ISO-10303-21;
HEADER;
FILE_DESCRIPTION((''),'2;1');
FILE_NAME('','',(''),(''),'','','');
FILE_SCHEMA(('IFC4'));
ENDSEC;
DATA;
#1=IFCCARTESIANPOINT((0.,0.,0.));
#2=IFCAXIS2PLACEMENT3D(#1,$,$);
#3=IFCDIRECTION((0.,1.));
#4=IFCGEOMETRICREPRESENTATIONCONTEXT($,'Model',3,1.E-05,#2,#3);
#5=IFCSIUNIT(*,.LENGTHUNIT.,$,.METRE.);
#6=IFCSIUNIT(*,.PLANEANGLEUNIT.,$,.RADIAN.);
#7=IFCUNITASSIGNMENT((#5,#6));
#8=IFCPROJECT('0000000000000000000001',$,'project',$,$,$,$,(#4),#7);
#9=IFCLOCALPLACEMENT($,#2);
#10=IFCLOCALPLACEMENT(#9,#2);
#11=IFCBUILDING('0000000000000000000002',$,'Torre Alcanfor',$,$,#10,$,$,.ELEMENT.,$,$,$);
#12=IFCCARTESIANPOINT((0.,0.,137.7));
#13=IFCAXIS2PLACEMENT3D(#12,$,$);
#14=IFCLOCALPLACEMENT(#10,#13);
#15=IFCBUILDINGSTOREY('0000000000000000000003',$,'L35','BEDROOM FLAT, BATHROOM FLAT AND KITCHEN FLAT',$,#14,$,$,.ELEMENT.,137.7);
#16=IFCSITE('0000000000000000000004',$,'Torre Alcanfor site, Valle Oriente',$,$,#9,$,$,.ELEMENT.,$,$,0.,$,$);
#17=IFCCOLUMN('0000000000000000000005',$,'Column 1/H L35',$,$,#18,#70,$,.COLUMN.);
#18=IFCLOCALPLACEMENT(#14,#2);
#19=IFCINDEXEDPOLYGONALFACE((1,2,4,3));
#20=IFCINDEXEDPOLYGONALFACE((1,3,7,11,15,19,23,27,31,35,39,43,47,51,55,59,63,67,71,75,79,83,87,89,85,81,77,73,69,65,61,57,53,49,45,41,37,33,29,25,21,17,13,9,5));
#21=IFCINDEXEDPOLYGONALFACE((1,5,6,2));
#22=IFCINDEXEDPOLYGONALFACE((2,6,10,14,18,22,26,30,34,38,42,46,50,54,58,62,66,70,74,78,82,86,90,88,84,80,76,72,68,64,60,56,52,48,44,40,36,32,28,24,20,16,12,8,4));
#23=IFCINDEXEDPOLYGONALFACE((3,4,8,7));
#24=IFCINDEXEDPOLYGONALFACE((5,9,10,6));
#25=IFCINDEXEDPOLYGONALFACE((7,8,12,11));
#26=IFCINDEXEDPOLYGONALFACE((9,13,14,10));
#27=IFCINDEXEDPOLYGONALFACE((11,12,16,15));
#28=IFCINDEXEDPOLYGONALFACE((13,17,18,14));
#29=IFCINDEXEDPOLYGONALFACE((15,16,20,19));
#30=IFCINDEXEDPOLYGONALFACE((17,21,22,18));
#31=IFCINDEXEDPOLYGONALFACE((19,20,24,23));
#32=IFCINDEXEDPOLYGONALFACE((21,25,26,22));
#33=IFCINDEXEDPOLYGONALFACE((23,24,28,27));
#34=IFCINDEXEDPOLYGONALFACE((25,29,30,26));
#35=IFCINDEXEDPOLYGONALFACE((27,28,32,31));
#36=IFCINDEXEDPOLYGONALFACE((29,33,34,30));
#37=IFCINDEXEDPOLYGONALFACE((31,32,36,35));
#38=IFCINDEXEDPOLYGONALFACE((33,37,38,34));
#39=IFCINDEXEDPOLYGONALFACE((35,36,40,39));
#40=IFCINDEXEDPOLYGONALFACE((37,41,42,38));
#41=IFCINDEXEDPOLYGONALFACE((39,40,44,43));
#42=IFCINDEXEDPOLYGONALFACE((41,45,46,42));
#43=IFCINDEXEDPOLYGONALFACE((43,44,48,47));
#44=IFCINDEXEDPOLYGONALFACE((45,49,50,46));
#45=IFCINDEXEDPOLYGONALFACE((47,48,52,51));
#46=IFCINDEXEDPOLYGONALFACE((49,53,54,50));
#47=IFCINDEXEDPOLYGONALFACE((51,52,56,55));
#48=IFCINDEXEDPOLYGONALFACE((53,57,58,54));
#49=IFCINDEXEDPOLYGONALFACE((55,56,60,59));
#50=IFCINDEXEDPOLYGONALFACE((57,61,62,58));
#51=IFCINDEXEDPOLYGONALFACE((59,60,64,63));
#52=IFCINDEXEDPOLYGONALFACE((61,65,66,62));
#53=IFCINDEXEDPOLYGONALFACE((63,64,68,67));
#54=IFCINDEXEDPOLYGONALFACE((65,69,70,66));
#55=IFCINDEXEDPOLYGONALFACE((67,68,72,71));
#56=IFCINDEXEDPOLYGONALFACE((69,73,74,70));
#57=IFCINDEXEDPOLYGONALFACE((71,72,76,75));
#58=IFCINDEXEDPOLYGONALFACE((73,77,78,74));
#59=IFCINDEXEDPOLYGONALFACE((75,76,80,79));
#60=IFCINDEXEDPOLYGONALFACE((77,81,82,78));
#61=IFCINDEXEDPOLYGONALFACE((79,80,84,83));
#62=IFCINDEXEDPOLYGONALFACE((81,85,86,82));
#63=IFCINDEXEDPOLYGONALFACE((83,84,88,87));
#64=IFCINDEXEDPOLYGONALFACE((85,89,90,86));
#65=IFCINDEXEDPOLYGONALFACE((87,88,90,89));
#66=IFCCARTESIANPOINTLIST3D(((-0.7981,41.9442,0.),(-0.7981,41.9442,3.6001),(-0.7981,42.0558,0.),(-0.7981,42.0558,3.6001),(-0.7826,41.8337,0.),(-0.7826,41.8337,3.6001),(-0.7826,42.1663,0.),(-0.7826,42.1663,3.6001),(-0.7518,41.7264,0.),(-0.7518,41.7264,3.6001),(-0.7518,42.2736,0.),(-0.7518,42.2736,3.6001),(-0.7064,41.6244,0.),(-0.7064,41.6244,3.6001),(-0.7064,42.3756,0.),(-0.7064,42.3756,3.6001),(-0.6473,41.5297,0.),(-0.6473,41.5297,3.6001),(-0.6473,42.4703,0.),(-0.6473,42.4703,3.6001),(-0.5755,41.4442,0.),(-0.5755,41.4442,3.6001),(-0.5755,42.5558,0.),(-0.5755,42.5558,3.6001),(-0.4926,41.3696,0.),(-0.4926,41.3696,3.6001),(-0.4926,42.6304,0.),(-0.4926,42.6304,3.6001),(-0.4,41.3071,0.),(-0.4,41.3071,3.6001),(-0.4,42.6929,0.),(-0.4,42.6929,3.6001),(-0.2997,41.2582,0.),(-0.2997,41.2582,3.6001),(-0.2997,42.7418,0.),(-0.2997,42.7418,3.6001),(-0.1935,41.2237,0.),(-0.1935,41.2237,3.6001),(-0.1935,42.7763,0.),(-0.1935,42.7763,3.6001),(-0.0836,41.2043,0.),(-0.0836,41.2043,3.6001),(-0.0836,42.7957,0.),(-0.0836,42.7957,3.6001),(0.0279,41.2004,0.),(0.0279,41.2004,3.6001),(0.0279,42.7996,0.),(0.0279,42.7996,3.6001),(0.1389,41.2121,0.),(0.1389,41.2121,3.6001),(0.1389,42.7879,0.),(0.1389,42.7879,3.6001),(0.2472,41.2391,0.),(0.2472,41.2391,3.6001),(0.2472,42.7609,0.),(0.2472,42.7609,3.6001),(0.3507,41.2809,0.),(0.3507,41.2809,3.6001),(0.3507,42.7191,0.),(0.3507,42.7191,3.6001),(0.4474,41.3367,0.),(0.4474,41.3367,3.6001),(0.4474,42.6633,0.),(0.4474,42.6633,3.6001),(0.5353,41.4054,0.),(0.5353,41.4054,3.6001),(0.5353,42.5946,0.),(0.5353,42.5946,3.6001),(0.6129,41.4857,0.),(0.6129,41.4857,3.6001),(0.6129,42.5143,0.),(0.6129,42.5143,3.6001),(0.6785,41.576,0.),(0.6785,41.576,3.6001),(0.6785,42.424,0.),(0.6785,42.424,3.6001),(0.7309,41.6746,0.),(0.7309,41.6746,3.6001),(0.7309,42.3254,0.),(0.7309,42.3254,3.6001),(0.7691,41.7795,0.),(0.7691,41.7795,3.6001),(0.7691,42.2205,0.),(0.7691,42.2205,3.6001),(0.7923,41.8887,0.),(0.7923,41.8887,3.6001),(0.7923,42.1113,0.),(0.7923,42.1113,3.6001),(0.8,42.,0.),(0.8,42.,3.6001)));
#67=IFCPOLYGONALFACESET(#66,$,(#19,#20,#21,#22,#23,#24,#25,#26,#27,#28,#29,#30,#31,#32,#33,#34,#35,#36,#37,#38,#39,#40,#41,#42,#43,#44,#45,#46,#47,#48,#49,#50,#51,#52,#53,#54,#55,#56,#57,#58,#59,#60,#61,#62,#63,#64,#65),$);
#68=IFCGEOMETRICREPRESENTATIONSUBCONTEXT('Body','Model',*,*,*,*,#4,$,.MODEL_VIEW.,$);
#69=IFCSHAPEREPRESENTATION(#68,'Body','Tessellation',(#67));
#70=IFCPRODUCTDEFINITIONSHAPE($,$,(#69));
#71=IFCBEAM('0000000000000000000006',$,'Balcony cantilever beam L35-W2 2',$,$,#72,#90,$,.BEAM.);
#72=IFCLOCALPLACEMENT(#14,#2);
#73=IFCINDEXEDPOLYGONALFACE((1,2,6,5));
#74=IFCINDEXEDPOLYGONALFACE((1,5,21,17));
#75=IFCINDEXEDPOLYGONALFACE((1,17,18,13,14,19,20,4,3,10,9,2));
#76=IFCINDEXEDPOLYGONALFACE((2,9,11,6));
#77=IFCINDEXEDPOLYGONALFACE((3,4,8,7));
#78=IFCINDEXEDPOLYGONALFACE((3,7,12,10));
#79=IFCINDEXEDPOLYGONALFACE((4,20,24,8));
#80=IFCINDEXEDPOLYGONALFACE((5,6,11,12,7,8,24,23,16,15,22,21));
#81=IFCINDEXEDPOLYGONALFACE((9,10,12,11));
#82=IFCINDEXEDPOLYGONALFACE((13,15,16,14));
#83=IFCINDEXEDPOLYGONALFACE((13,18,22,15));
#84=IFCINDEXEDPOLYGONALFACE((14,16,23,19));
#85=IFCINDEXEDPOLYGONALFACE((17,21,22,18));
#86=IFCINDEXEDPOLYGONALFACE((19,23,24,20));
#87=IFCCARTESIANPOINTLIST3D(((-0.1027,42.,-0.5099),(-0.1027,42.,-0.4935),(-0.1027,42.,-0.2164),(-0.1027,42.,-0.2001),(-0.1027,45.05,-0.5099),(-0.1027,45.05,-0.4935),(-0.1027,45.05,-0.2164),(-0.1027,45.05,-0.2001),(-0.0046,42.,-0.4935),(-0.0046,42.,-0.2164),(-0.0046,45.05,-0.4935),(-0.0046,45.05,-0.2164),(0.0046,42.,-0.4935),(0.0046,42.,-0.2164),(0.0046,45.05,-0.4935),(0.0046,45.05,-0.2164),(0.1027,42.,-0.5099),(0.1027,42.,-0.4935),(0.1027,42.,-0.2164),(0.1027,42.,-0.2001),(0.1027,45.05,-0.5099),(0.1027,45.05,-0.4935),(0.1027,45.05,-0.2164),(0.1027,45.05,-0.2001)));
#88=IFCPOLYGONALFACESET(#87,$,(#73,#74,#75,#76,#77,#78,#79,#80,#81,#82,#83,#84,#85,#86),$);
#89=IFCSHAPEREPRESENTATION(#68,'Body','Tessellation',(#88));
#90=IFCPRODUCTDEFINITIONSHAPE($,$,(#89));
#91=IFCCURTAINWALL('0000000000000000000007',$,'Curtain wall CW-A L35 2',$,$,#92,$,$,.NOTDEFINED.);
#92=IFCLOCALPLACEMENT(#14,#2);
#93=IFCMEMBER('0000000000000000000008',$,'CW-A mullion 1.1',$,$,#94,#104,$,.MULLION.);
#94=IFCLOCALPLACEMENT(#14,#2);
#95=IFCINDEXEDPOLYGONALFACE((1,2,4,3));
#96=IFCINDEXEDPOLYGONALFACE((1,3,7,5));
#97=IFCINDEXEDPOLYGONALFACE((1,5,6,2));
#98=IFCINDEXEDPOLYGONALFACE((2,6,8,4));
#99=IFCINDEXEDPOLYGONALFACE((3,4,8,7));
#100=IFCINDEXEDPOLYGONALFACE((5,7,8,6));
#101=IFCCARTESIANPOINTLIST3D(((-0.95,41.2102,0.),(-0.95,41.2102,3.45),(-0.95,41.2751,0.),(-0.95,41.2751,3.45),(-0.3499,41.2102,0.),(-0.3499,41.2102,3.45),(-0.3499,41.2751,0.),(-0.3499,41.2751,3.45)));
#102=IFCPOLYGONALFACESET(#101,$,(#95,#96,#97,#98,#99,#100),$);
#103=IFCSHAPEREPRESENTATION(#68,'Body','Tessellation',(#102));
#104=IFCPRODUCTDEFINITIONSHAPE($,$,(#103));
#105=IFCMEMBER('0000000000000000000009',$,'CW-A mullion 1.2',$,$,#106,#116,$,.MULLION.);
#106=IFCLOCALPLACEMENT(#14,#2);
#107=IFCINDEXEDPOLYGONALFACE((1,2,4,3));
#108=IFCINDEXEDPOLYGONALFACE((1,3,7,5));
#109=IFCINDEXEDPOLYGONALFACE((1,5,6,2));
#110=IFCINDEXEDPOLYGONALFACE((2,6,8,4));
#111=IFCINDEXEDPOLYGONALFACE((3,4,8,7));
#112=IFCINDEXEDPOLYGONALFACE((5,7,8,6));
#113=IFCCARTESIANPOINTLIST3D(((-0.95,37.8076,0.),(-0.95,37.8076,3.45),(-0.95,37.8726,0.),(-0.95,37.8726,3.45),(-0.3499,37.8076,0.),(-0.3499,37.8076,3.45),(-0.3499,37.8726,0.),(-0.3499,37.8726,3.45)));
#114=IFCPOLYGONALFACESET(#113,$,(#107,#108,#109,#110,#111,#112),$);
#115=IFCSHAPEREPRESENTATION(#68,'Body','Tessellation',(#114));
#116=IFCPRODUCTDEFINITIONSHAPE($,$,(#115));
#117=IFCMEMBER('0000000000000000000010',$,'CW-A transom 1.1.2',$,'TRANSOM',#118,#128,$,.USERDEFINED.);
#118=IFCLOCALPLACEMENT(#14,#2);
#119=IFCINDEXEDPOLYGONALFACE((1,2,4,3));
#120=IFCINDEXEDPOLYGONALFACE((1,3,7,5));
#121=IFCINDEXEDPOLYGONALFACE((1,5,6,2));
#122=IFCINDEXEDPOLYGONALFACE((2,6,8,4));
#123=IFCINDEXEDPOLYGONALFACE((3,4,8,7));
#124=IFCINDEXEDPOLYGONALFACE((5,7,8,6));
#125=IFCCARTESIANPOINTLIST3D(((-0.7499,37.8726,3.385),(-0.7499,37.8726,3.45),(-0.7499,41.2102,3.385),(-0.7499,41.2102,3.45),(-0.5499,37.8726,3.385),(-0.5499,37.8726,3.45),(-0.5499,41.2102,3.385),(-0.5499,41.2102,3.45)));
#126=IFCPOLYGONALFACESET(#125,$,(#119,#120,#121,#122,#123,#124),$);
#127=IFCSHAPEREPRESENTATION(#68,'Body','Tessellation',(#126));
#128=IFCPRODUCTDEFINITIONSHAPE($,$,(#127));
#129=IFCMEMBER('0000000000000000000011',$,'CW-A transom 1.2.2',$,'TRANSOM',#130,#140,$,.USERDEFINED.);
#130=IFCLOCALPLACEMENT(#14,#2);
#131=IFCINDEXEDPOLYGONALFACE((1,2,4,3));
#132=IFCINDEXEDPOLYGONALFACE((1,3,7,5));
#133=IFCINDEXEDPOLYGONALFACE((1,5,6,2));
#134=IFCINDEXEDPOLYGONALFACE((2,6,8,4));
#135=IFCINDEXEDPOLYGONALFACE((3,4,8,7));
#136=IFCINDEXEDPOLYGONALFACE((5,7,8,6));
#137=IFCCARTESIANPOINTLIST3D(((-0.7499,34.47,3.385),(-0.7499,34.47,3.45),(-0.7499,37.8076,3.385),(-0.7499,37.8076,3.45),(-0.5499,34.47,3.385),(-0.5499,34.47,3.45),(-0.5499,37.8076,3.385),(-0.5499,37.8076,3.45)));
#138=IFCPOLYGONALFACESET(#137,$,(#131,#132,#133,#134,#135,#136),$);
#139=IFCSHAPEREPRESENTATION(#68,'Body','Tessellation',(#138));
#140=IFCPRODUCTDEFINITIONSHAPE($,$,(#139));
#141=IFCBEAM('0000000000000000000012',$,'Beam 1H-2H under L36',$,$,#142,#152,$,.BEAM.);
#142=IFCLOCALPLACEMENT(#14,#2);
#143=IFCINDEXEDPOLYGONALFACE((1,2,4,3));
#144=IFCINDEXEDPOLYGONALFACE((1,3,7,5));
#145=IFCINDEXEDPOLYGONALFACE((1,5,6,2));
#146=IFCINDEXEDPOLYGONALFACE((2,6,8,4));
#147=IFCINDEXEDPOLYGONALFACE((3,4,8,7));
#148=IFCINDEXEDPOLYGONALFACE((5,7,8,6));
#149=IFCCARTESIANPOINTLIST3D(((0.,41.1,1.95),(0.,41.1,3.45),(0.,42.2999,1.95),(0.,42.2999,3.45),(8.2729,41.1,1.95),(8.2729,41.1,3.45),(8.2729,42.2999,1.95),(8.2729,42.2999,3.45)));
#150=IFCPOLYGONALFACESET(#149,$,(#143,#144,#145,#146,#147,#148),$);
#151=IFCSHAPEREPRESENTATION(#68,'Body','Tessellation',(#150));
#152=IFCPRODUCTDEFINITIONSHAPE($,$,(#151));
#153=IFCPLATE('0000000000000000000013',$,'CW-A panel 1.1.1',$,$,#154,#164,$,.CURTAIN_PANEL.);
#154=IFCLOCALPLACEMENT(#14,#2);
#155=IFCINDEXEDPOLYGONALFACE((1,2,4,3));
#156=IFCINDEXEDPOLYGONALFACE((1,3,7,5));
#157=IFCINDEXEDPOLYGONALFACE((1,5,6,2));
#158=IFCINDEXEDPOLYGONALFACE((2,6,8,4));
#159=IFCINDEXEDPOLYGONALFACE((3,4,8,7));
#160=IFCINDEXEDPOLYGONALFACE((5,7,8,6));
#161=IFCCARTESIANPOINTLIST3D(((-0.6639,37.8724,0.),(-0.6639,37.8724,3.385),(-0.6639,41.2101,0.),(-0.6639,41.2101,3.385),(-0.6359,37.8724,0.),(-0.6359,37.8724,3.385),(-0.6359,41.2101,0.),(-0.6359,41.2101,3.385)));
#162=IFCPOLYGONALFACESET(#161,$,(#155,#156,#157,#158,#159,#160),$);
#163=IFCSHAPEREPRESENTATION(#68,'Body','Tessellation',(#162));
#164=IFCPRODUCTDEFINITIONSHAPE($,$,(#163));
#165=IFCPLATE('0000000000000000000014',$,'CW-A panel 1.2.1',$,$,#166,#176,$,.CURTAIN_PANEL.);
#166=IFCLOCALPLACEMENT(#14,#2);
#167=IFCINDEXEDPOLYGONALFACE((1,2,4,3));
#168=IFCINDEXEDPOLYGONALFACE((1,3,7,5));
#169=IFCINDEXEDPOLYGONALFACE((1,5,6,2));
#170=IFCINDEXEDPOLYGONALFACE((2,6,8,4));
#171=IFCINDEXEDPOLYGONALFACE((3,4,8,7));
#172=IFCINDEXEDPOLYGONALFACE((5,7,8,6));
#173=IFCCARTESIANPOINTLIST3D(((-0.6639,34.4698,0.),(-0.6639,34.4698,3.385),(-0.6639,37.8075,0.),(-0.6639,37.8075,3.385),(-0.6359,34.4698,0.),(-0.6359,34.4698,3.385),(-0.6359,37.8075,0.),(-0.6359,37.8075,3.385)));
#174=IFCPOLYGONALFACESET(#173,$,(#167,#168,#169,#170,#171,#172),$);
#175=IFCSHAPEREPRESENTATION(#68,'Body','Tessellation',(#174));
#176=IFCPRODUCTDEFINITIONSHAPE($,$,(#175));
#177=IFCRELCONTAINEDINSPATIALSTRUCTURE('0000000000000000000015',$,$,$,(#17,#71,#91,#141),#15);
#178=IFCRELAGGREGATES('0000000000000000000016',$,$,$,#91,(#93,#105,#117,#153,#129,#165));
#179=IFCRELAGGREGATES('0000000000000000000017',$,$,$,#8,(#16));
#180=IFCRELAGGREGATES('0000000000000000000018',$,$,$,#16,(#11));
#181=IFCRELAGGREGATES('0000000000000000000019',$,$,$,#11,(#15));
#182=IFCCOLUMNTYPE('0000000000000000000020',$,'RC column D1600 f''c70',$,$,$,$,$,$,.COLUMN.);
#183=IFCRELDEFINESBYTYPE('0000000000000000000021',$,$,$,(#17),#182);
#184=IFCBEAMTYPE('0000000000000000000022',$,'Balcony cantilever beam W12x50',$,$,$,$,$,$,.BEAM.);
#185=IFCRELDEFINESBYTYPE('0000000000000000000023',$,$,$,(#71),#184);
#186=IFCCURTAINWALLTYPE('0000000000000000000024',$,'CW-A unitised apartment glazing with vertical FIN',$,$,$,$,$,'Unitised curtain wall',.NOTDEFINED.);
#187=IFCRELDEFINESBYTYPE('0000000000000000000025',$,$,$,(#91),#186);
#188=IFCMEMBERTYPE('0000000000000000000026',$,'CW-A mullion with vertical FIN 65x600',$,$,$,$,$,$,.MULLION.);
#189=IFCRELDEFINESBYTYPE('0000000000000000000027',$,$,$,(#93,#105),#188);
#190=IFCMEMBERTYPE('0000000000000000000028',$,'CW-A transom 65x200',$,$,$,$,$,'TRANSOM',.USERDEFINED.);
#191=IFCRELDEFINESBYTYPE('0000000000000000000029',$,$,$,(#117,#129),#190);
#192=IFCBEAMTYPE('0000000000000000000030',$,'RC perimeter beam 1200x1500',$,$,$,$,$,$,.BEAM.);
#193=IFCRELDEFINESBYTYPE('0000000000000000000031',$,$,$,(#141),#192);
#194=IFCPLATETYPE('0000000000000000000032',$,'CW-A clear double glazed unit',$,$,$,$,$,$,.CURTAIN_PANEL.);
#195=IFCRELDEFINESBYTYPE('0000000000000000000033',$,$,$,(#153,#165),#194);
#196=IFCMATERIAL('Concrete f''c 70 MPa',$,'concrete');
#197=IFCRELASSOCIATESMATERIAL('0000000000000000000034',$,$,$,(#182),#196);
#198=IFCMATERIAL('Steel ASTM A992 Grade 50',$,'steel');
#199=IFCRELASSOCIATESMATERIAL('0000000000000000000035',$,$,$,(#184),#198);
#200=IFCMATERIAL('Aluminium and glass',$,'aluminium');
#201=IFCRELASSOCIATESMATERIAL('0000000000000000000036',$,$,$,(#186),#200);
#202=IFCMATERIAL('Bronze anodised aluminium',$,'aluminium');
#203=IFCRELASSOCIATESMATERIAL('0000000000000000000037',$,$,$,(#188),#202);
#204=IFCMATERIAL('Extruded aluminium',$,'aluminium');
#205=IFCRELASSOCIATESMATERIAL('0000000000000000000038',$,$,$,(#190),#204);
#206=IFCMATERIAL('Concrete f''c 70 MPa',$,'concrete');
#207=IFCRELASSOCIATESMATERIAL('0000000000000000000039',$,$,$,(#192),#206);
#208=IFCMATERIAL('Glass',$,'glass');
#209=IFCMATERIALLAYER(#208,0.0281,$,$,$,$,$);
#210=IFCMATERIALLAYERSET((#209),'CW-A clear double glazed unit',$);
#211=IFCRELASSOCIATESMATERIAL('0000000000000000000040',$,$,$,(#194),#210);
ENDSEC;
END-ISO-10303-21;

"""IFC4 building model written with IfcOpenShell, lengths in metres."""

from ifc_helpers import new_model, si_unit, direction, frame, origin, origin_2d, place, context, subcontext, project, spatial, rectangle, circle, i_section, extrude, material, layer, layer_set, material_profile, profile_set, type_object, element, aggregate, save


model = new_model("IFC4")

# Units and contexts
model_context = context("Model", 3, precision=1e-05, world=origin(), true_north=direction((0.0, 1.0)))
body_context = subcontext(model_context, "Body", "Model", "MODEL_VIEW")
ifc_project = project(units=[si_unit("LENGTHUNIT", "METRE"), si_unit("PLANEANGLEUNIT", "RADIAN")], contexts=[model_context])

# Site, building, storey
site_placement = place(None, origin())
site = spatial("IfcSite", under=ifc_project, at=site_placement, Name="Torre Alcanfor site, Valle Oriente", CompositionType="ELEMENT", RefElevation=0.0)
building_placement = place(site_placement, origin())
building = spatial("IfcBuilding", under=site, at=building_placement, Name="Torre Alcanfor", CompositionType="ELEMENT")
storey_placement = place(building_placement, frame((0.0, 0.0, 137.7)))
storey = spatial("IfcBuildingStorey", under=building, at=storey_placement, Name="L35", Description="BEDROOM FLAT, BATHROOM FLAT AND KITCHEN FLAT", CompositionType="ELEMENT", Elevation=137.7)

# Column
ifc_material_1 = material(Name="Concrete f'c 70 MPa", Category="concrete")
ifc_material_profile_1 = material_profile(ifc_material_1, circle(Radius=0.8, at=origin_2d()), Name="D1600")
ifc_profile_set_1 = profile_set([ifc_material_profile_1], Name="Concrete f'c 70 MPa")
column_type = type_object("IfcColumnType", Name="RC column D1600 f'c70", PredefinedType="COLUMN", material=ifc_profile_set_1)
column_placement = place(storey_placement, frame((0.0, 42.0, 0.0), z_axis=(0.0, 0.0, 1.0), x_axis=(1.0, 0.0, 0.0)))
element("IfcColumn", 1, at=column_placement, inside=storey, type_object=column_type, Name="Column 1/H L35", PredefinedType="COLUMN", context=body_context, shape_type="SweptSolid", body=[
    extrude(circle(Radius=0.8, at=origin_2d()), origin(), (0.0, 0.0, 1.0), 3.6001),
])

# Beam
ifc_material_2 = material(Name="Steel ASTM A992 Grade 50", Category="steel")
ifc_material_profile_2 = material_profile(ifc_material_2, i_section(OverallWidth=0.2053, OverallDepth=0.3098, WebThickness=0.0093, FlangeThickness=0.0164, at=origin_2d()), Name="W12x50")
ifc_profile_set_2 = profile_set([ifc_material_profile_2], Name="Steel ASTM A992 Grade 50")
beam_type_1 = type_object("IfcBeamType", Name="Balcony cantilever beam W12x50", PredefinedType="BEAM", material=ifc_profile_set_2)
beam_1_placement = place(storey_placement, frame((0.0, 42.0, -0.355), z_axis=(0.0, 1.0, 0.0), x_axis=(-1.0, 0.0, 0.0)))
element("IfcBeam", 2, at=beam_1_placement, inside=storey, type_object=beam_type_1, Name="Balcony cantilever beam L35-W2 2", PredefinedType="BEAM", context=body_context, shape_type="SweptSolid", body=[
    extrude(i_section(OverallWidth=0.2053, OverallDepth=0.3098, WebThickness=0.0093, FlangeThickness=0.0164, at=origin_2d()), origin(), (0.0, 0.0, 1.0), 3.05),
])

# Curtain wall, members
ifc_material_3 = material(Name="Aluminium and glass", Category="aluminium")
curtain_wall_type = type_object("IfcCurtainWallType", Name="CW-A unitised apartment glazing with vertical FIN", ElementType="Unitised curtain wall", PredefinedType="NOTDEFINED", material=ifc_material_3)
curtain_wall_placement = place(storey_placement, origin())
curtain_wall = element("IfcCurtainWall", 3, at=curtain_wall_placement, inside=storey, type_object=curtain_wall_type, Name="Curtain wall CW-A L35 2", PredefinedType="NOTDEFINED")
ifc_material_4 = material(Name="Bronze anodised aluminium", Category="aluminium")
ifc_material_profile_3 = material_profile(ifc_material_4, rectangle(XDim=0.6001, YDim=0.0649, at=origin_2d()), Name="CW-A mullion 65x600")
ifc_profile_set_3 = profile_set([ifc_material_profile_3], Name="Bronze anodised aluminium")
member_type_1 = type_object("IfcMemberType", Name="CW-A mullion with vertical FIN 65x600", PredefinedType="MULLION", material=ifc_profile_set_3)
member_1_placement = place(storey_placement, frame((-0.6499, 41.2427, 0.0), z_axis=(0.0, 0.0, 1.0), x_axis=(1.0, 0.0, 0.0)))
member_1 = element("IfcMember", 4, at=member_1_placement, type_object=member_type_1, Name="CW-A mullion 1.1", PredefinedType="MULLION", context=body_context, shape_type="SweptSolid", body=[
    extrude(rectangle(XDim=0.6001, YDim=0.0649, at=origin_2d()), origin(), (0.0, 0.0, 1.0), 3.45),
])
member_2_placement = place(storey_placement, frame((-0.6499, 37.8401, 0.0), z_axis=(0.0, 0.0, 1.0), x_axis=(1.0, 0.0, 0.0)))
member_2 = element("IfcMember", 5, at=member_2_placement, type_object=member_type_1, Name="CW-A mullion 1.2", PredefinedType="MULLION", context=body_context, shape_type="SweptSolid", body=[
    extrude(rectangle(XDim=0.6001, YDim=0.0649, at=origin_2d()), origin(), (0.0, 0.0, 1.0), 3.45),
])
ifc_material_5 = material(Name="Extruded aluminium", Category="aluminium")
ifc_material_profile_4 = material_profile(ifc_material_5, rectangle(XDim=0.2, YDim=0.0649, at=origin_2d()), Name="CW-A transom 200x65")
ifc_profile_set_4 = profile_set([ifc_material_profile_4], Name="Extruded aluminium")
member_type_2 = type_object("IfcMemberType", Name="CW-A transom 65x200", ElementType="TRANSOM", PredefinedType="USERDEFINED", material=ifc_profile_set_4)
member_3_placement = place(storey_placement, frame((-0.6499, 41.2102, 3.4175), z_axis=(0.0, -1.0, 0.0), x_axis=(1.0, 0.0, 0.0)))
member_3 = element("IfcMember", 6, at=member_3_placement, type_object=member_type_2, Name="CW-A transom 1.1.2", ObjectType="TRANSOM", PredefinedType="USERDEFINED", context=body_context, shape_type="SweptSolid", body=[
    extrude(rectangle(XDim=0.2, YDim=0.0649, at=origin_2d()), origin(), (0.0, 0.0, 1.0), 3.3376),
])
member_4_placement = place(storey_placement, frame((-0.6499, 37.8076, 3.4175), z_axis=(0.0, -1.0, 0.0), x_axis=(1.0, 0.0, 0.0)))
member_4 = element("IfcMember", 7, at=member_4_placement, type_object=member_type_2, Name="CW-A transom 1.2.2", ObjectType="TRANSOM", PredefinedType="USERDEFINED", context=body_context, shape_type="SweptSolid", body=[
    extrude(rectangle(XDim=0.2, YDim=0.0649, at=origin_2d()), origin(), (0.0, 0.0, 1.0), 3.3376),
])

# Beam
ifc_material_6 = material(Name="Concrete f'c 70 MPa", Category="concrete")
ifc_material_profile_5 = material_profile(ifc_material_6, rectangle(XDim=1.2, YDim=1.5, at=origin_2d()), Name="1200x1500")
ifc_profile_set_5 = profile_set([ifc_material_profile_5], Name="Concrete f'c 70 MPa")
beam_type_2 = type_object("IfcBeamType", Name="RC perimeter beam 1200x1500", PredefinedType="BEAM", material=ifc_profile_set_5)
beam_2_placement = place(storey_placement, frame((0.0, 41.7, 2.7), z_axis=(1.0, 0.0, 0.0), x_axis=(0.0, 1.0, 0.0)))
element("IfcBeam", 8, at=beam_2_placement, inside=storey, type_object=beam_type_2, Name="Beam 1H-2H under L36", PredefinedType="BEAM", context=body_context, shape_type="SweptSolid", body=[
    extrude(rectangle(XDim=1.2, YDim=1.5, at=origin_2d()), origin(), (0.0, 0.0, 1.0), 8.2729),
])

# Plates
ifc_material_7 = material(Name="Glass", Category="glass")
ifc_layer_1 = layer(ifc_material_7, 0.0281)
ifc_layer_set_1 = layer_set([ifc_layer_1], Name="CW-A clear double glazed unit")
plate_type = type_object("IfcPlateType", Name="CW-A clear double glazed unit", PredefinedType="CURTAIN_PANEL", material=ifc_layer_set_1)
plate_1_placement = place(storey_placement, frame((-0.6499, 39.5413, 0.0), z_axis=(0.0, 0.0, 1.0), x_axis=(0.0, -1.0, 0.0)))
plate_1 = element("IfcPlate", 9, at=plate_1_placement, type_object=plate_type, Name="CW-A panel 1.1.1", PredefinedType="CURTAIN_PANEL", context=body_context, shape_type="SweptSolid", body=[
    extrude(rectangle(XDim=3.3376, YDim=0.0281, at=origin_2d()), origin(), (0.0, 0.0, 1.0), 3.385),
])
plate_2_placement = place(storey_placement, frame((-0.6499, 36.1387, 0.0), z_axis=(0.0, 0.0, 1.0), x_axis=(0.0, -1.0, 0.0)))
plate_2 = element("IfcPlate", 10, at=plate_2_placement, type_object=plate_type, Name="CW-A panel 1.2.1", PredefinedType="CURTAIN_PANEL", context=body_context, shape_type="SweptSolid", body=[
    extrude(rectangle(XDim=3.3376, YDim=0.0281, at=origin_2d()), origin(), (0.0, 0.0, 1.0), 3.385),
])
aggregate(curtain_wall, [member_1, member_2, member_3, plate_1, member_4, plate_2])

save(model, "model.ifc")
